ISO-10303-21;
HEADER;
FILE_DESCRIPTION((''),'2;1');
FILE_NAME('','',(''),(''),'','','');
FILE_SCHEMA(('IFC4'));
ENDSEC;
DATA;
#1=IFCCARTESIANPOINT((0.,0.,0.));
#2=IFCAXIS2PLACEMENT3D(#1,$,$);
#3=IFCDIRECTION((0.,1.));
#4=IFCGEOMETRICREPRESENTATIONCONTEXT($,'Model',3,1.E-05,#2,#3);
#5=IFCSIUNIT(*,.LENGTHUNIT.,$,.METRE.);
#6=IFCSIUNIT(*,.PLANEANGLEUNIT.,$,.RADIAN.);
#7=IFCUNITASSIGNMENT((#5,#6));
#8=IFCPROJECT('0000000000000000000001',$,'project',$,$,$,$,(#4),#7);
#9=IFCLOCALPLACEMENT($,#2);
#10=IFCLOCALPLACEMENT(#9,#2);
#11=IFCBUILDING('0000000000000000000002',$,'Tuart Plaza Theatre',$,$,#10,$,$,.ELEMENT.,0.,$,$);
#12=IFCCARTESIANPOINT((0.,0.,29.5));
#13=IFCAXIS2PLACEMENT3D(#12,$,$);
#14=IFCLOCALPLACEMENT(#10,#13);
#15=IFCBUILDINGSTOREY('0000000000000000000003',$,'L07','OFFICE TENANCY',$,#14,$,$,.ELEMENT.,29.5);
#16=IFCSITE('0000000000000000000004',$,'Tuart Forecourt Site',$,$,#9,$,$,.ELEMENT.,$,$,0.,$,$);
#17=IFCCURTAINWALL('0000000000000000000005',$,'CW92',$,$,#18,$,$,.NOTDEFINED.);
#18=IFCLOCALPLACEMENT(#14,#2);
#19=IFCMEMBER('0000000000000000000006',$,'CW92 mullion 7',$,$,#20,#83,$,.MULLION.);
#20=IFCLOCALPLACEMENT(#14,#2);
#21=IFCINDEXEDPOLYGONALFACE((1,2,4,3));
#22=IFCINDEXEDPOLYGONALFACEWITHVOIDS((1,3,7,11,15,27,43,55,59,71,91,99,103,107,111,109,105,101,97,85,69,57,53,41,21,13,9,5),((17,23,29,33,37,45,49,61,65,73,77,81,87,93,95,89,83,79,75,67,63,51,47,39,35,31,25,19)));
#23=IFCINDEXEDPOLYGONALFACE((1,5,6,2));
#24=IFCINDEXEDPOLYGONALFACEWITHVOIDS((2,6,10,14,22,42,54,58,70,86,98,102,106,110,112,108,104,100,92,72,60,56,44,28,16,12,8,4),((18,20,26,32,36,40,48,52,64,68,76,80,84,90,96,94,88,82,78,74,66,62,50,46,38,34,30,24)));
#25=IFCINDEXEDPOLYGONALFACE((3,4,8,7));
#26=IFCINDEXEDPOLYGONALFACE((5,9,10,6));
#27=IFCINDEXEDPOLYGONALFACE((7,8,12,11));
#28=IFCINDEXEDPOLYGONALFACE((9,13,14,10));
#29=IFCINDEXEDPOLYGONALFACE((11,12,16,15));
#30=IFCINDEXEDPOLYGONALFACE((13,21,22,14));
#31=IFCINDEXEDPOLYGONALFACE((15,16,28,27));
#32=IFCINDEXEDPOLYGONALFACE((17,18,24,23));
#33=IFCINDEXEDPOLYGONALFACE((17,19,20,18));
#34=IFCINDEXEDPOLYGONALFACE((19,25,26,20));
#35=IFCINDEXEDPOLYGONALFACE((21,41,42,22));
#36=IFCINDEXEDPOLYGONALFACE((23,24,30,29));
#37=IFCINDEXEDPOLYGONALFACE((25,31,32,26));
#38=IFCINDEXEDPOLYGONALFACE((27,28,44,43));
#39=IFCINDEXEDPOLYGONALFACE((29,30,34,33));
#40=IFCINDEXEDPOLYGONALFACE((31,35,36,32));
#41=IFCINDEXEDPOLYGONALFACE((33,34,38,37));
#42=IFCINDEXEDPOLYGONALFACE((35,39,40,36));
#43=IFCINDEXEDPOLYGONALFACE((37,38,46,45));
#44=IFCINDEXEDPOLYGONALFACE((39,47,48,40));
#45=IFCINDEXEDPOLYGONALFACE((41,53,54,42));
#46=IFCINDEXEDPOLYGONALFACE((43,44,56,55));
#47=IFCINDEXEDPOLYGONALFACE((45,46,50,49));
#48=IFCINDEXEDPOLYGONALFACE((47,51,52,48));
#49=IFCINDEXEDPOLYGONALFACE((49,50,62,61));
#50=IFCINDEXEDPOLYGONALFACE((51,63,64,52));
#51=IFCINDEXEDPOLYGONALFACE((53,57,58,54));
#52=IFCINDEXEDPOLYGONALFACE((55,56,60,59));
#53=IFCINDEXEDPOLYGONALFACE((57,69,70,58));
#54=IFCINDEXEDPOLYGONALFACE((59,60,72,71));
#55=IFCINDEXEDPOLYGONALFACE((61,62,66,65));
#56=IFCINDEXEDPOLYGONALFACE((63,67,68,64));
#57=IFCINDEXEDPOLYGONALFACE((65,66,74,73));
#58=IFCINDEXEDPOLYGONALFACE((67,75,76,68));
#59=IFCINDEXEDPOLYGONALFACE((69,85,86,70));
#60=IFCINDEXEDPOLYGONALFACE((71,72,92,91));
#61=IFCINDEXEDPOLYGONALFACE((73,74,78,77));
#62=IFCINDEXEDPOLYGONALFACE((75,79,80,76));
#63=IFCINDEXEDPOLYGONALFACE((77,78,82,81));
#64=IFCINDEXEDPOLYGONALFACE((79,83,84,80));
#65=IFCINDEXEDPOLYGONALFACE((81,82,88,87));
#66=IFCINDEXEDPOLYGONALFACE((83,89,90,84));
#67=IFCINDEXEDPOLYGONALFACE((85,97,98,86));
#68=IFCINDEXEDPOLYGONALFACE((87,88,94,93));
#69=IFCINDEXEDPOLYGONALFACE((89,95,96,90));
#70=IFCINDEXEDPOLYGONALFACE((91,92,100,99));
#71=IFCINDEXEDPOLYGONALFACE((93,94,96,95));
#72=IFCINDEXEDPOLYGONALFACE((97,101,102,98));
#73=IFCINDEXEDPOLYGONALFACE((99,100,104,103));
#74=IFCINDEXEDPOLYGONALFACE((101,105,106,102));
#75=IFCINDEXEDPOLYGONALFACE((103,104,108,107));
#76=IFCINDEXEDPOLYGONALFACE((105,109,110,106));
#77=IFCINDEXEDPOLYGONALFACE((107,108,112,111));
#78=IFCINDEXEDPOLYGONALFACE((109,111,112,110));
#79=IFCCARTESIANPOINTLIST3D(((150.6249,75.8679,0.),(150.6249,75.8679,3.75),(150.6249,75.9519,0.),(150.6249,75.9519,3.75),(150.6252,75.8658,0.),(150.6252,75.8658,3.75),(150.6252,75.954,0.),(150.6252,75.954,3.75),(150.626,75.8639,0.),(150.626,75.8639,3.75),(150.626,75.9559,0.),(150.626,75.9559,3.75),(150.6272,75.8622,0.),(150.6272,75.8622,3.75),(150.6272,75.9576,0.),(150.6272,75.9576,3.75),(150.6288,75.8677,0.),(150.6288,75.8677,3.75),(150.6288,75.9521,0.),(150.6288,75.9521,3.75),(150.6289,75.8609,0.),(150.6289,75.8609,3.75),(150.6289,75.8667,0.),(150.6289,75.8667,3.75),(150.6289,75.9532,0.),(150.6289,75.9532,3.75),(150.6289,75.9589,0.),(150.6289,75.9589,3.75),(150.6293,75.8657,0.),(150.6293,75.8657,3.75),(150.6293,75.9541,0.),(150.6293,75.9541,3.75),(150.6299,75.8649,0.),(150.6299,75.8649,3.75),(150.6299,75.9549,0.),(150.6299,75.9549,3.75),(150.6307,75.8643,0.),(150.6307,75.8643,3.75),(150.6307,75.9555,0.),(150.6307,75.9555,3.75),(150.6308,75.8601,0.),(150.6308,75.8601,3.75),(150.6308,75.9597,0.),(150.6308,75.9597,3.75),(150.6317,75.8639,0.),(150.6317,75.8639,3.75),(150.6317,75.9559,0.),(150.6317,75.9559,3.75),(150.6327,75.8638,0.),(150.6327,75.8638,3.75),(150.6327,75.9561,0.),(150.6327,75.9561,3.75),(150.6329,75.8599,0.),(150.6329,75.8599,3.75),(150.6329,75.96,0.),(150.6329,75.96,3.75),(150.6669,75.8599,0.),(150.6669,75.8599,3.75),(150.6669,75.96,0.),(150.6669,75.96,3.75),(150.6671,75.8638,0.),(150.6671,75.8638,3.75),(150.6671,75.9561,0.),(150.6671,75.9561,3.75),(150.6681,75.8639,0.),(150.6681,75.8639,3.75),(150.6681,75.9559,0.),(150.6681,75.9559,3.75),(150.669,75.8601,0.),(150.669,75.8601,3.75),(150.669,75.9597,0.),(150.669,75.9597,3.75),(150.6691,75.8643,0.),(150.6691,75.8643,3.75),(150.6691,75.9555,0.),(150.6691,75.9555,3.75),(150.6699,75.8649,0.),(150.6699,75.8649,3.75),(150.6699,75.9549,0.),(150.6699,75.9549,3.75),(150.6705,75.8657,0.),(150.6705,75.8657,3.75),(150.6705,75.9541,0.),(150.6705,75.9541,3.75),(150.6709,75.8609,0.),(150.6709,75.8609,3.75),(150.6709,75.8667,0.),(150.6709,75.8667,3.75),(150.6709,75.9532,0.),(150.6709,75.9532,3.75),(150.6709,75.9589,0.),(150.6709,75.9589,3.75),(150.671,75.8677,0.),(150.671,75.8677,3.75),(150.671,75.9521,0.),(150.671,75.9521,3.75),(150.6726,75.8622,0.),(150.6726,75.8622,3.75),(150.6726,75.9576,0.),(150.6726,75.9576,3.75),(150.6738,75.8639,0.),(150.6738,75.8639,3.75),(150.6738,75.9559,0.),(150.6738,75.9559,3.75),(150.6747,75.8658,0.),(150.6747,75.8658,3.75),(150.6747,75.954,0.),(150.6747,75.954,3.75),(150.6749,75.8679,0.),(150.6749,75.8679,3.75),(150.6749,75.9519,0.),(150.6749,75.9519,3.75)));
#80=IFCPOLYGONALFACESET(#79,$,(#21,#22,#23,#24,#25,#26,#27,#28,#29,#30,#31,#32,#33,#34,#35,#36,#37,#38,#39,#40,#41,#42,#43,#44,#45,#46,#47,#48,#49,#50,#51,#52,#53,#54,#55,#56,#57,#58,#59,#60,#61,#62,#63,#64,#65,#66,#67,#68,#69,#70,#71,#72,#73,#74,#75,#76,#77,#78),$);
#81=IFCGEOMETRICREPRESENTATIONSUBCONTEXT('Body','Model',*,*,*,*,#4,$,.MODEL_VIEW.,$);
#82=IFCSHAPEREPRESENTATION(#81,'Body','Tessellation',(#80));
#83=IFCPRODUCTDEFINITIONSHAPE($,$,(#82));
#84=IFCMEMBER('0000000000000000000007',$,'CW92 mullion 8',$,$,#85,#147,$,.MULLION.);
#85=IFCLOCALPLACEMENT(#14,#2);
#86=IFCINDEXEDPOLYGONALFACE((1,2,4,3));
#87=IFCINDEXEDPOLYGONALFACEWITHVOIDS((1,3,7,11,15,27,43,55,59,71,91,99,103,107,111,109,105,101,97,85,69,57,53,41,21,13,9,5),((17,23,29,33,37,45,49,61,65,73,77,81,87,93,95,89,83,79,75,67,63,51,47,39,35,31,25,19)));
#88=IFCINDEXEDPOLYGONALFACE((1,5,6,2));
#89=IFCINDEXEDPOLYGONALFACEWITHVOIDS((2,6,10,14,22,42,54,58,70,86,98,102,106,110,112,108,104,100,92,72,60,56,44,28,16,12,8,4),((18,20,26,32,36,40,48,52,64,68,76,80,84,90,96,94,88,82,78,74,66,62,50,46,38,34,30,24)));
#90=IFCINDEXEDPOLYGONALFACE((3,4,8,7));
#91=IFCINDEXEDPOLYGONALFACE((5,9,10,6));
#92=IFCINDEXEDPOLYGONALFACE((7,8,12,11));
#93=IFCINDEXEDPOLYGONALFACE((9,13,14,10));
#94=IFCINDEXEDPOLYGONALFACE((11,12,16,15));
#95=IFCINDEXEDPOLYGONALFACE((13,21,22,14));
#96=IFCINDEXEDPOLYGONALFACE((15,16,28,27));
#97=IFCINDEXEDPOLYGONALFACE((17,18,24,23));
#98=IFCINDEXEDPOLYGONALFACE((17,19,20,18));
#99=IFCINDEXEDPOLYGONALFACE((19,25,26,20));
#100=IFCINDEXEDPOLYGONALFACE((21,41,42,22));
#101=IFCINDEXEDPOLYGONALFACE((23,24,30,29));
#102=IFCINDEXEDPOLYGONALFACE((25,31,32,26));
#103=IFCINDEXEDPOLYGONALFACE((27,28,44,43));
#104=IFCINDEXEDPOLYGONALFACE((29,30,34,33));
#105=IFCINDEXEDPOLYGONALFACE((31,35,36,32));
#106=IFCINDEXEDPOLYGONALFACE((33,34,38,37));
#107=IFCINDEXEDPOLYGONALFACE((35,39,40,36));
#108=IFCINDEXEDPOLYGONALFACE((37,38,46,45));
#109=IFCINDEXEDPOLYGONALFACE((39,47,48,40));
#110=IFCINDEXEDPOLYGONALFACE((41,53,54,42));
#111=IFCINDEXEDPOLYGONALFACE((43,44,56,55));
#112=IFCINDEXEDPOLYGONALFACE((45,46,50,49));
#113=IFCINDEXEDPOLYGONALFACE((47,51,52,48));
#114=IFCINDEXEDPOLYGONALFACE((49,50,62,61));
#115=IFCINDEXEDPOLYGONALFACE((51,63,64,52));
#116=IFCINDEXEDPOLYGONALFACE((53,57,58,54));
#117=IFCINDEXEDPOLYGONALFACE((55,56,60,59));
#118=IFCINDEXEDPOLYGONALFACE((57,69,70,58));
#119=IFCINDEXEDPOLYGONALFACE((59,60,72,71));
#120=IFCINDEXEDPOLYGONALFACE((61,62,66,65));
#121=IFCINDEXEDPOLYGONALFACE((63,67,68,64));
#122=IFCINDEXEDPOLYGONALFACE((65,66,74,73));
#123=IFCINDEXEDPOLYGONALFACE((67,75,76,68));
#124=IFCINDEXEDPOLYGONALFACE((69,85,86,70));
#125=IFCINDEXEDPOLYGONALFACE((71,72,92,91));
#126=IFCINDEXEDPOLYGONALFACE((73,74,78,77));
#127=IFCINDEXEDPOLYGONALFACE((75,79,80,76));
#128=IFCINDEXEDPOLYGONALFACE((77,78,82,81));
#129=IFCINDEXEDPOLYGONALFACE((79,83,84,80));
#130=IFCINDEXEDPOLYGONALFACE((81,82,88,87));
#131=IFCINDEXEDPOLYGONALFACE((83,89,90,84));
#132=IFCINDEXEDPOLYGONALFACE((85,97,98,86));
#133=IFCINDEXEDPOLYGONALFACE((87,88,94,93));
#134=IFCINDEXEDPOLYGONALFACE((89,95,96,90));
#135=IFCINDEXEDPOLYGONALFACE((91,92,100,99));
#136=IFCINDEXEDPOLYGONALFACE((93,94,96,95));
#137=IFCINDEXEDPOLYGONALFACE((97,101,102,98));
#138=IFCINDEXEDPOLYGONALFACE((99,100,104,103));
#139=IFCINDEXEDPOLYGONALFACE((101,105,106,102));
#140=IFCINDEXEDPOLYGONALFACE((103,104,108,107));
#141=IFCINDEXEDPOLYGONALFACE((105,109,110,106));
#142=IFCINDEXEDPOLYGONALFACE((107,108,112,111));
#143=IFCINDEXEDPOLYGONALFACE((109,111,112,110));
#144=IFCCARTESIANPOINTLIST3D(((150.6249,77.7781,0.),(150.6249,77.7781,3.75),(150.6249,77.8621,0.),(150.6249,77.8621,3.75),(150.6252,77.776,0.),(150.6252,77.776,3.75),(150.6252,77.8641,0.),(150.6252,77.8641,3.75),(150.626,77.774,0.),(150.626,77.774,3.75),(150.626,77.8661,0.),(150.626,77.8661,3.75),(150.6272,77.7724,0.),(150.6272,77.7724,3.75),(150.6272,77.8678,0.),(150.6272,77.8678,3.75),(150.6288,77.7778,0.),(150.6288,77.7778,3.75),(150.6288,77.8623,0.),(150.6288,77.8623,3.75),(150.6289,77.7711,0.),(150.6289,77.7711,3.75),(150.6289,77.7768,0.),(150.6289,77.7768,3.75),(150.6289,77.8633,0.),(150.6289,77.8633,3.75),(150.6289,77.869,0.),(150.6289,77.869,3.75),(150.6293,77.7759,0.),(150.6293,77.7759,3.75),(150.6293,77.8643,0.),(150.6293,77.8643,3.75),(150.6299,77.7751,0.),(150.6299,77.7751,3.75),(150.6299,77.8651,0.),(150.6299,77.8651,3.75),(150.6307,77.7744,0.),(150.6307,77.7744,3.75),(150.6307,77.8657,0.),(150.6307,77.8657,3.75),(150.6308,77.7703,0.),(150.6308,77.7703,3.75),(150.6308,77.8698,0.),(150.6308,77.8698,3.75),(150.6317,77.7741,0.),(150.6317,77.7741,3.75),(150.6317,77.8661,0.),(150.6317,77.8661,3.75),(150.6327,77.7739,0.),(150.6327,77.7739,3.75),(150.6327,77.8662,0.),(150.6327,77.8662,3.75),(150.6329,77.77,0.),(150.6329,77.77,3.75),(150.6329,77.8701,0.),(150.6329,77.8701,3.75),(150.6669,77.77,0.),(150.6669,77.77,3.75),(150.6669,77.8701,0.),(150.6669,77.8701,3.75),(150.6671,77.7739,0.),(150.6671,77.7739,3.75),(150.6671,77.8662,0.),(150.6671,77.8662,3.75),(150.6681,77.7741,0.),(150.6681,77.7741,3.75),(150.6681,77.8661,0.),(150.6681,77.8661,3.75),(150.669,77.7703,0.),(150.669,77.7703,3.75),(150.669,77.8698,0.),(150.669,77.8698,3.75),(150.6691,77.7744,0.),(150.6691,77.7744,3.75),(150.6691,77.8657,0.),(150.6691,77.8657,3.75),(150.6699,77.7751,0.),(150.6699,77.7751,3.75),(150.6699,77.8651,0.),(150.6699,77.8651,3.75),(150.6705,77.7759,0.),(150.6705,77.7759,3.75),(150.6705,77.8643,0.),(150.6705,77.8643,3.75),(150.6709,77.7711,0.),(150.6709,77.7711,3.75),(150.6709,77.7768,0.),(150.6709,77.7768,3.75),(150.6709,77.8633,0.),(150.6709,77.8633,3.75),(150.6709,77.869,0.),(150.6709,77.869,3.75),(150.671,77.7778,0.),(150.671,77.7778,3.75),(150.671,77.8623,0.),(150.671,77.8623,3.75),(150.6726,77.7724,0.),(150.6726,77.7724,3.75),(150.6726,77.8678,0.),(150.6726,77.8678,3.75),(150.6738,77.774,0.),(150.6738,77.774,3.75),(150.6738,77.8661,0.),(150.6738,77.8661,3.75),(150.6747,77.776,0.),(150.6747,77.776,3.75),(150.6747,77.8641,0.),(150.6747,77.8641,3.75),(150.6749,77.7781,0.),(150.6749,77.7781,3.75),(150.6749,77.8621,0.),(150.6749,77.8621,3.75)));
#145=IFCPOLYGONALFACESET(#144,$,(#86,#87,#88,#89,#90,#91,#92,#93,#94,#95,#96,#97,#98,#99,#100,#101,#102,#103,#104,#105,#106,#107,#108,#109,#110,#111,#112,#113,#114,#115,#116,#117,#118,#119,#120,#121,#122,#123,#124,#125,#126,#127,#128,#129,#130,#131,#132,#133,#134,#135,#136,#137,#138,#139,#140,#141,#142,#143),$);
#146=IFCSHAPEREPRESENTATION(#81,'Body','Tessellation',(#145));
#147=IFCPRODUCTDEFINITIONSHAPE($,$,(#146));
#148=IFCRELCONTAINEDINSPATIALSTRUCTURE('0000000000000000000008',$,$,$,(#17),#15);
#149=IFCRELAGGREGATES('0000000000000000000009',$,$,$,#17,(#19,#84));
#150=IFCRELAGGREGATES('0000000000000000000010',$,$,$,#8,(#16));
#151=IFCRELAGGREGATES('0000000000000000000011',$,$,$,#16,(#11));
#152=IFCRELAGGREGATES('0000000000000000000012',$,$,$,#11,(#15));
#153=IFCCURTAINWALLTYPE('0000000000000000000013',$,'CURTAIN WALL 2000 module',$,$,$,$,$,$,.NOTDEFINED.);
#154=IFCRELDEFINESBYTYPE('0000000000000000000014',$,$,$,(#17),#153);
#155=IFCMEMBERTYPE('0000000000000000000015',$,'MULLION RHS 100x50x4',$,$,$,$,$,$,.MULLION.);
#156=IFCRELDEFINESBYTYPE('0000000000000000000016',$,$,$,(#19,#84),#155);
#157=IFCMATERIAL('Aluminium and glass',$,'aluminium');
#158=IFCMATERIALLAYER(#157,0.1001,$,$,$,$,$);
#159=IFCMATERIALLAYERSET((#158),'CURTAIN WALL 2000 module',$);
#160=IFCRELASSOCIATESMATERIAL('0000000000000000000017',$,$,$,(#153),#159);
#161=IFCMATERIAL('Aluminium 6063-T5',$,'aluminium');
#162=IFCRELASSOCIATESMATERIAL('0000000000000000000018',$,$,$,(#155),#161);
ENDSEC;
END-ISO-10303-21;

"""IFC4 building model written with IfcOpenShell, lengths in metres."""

from ifc_helpers import new_model, si_unit, direction, frame, origin, origin_2d, place, context, subcontext, project, spatial, hollow_rectangle, extrude, material, layer, layer_set, material_profile, profile_set, type_object, element, aggregate, save


model = new_model("IFC4")

# Units and contexts
model_context = context("Model", 3, precision=1e-05, world=origin(), true_north=direction((0.0, 1.0)))
body_context = subcontext(model_context, "Body", "Model", "MODEL_VIEW")
ifc_project = project(units=[si_unit("LENGTHUNIT", "METRE"), si_unit("PLANEANGLEUNIT", "RADIAN")], contexts=[model_context])

# Site, building, storey
site_placement = place(None, origin())
site = spatial("IfcSite", under=ifc_project, at=site_placement, Name="Tuart Forecourt Site", CompositionType="ELEMENT", RefElevation=0.0)
building_placement = place(site_placement, origin())
building = spatial("IfcBuilding", under=site, at=building_placement, Name="Tuart Plaza Theatre", CompositionType="ELEMENT", ElevationOfRefHeight=0.0)
storey_placement = place(building_placement, frame((0.0, 0.0, 29.5)))
storey = spatial("IfcBuildingStorey", under=building, at=storey_placement, Name="L07", Description="OFFICE TENANCY", CompositionType="ELEMENT", Elevation=29.5)

# Curtain wall, members
ifc_material_1 = material(Name="Aluminium and glass", Category="aluminium")
ifc_layer_1 = layer(ifc_material_1, 0.1001)
ifc_layer_set_1 = layer_set([ifc_layer_1], Name="CURTAIN WALL 2000 module")
curtain_wall_type = type_object("IfcCurtainWallType", Name="CURTAIN WALL 2000 module", PredefinedType="NOTDEFINED", material=ifc_layer_set_1)
curtain_wall_placement = place(storey_placement, origin())
curtain_wall = element("IfcCurtainWall", 1, at=curtain_wall_placement, inside=storey, type_object=curtain_wall_type, Name="CW92", PredefinedType="NOTDEFINED")
ifc_material_2 = material(Name="Aluminium 6063-T5", Category="aluminium")
ifc_material_profile_1 = material_profile(ifc_material_2, hollow_rectangle(XDim=0.05, YDim=0.1001, WallThickness=0.0039, InnerFilletRadius=0.0039, OuterFilletRadius=0.0081, at=origin_2d()), Name="RHS 100x50x4")
ifc_profile_set_1 = profile_set([ifc_material_profile_1], Name="Aluminium 6063-T5")
member_type_1 = type_object("IfcMemberType", Name="MULLION RHS 100x50x4", PredefinedType="MULLION", material=ifc_profile_set_1)
member_1_placement = place(storey_placement, frame((150.6499, 75.9099, 0.0), z_axis=(0.0, 0.0, 1.0), x_axis=(-1.0, 0.0, 0.0)))
member_1 = element("IfcMember", 2, at=member_1_placement, type_object=member_type_1, Name="CW92 mullion 7", PredefinedType="MULLION", context=body_context, shape_type="SweptSolid", body=[
    extrude(hollow_rectangle(XDim=0.05, YDim=0.1001, WallThickness=0.0039, InnerFilletRadius=0.0039, OuterFilletRadius=0.0081, at=origin_2d()), origin(), (0.0, 0.0, 1.0), 3.75),
])
member_2_placement = place(storey_placement, frame((150.6499, 77.8201, 0.0), z_axis=(0.0, 0.0, 1.0), x_axis=(-1.0, 0.0, 0.0)))
member_2 = element("IfcMember", 3, at=member_2_placement, type_object=member_type_1, Name="CW92 mullion 8", PredefinedType="MULLION", context=body_context, shape_type="SweptSolid", body=[
    extrude(hollow_rectangle(XDim=0.05, YDim=0.1001, WallThickness=0.0039, InnerFilletRadius=0.0039, OuterFilletRadius=0.0081, at=origin_2d()), origin(), (0.0, 0.0, 1.0), 3.75),
])
aggregate(curtain_wall, [member_1, member_2])

save(model, "model.ifc")
